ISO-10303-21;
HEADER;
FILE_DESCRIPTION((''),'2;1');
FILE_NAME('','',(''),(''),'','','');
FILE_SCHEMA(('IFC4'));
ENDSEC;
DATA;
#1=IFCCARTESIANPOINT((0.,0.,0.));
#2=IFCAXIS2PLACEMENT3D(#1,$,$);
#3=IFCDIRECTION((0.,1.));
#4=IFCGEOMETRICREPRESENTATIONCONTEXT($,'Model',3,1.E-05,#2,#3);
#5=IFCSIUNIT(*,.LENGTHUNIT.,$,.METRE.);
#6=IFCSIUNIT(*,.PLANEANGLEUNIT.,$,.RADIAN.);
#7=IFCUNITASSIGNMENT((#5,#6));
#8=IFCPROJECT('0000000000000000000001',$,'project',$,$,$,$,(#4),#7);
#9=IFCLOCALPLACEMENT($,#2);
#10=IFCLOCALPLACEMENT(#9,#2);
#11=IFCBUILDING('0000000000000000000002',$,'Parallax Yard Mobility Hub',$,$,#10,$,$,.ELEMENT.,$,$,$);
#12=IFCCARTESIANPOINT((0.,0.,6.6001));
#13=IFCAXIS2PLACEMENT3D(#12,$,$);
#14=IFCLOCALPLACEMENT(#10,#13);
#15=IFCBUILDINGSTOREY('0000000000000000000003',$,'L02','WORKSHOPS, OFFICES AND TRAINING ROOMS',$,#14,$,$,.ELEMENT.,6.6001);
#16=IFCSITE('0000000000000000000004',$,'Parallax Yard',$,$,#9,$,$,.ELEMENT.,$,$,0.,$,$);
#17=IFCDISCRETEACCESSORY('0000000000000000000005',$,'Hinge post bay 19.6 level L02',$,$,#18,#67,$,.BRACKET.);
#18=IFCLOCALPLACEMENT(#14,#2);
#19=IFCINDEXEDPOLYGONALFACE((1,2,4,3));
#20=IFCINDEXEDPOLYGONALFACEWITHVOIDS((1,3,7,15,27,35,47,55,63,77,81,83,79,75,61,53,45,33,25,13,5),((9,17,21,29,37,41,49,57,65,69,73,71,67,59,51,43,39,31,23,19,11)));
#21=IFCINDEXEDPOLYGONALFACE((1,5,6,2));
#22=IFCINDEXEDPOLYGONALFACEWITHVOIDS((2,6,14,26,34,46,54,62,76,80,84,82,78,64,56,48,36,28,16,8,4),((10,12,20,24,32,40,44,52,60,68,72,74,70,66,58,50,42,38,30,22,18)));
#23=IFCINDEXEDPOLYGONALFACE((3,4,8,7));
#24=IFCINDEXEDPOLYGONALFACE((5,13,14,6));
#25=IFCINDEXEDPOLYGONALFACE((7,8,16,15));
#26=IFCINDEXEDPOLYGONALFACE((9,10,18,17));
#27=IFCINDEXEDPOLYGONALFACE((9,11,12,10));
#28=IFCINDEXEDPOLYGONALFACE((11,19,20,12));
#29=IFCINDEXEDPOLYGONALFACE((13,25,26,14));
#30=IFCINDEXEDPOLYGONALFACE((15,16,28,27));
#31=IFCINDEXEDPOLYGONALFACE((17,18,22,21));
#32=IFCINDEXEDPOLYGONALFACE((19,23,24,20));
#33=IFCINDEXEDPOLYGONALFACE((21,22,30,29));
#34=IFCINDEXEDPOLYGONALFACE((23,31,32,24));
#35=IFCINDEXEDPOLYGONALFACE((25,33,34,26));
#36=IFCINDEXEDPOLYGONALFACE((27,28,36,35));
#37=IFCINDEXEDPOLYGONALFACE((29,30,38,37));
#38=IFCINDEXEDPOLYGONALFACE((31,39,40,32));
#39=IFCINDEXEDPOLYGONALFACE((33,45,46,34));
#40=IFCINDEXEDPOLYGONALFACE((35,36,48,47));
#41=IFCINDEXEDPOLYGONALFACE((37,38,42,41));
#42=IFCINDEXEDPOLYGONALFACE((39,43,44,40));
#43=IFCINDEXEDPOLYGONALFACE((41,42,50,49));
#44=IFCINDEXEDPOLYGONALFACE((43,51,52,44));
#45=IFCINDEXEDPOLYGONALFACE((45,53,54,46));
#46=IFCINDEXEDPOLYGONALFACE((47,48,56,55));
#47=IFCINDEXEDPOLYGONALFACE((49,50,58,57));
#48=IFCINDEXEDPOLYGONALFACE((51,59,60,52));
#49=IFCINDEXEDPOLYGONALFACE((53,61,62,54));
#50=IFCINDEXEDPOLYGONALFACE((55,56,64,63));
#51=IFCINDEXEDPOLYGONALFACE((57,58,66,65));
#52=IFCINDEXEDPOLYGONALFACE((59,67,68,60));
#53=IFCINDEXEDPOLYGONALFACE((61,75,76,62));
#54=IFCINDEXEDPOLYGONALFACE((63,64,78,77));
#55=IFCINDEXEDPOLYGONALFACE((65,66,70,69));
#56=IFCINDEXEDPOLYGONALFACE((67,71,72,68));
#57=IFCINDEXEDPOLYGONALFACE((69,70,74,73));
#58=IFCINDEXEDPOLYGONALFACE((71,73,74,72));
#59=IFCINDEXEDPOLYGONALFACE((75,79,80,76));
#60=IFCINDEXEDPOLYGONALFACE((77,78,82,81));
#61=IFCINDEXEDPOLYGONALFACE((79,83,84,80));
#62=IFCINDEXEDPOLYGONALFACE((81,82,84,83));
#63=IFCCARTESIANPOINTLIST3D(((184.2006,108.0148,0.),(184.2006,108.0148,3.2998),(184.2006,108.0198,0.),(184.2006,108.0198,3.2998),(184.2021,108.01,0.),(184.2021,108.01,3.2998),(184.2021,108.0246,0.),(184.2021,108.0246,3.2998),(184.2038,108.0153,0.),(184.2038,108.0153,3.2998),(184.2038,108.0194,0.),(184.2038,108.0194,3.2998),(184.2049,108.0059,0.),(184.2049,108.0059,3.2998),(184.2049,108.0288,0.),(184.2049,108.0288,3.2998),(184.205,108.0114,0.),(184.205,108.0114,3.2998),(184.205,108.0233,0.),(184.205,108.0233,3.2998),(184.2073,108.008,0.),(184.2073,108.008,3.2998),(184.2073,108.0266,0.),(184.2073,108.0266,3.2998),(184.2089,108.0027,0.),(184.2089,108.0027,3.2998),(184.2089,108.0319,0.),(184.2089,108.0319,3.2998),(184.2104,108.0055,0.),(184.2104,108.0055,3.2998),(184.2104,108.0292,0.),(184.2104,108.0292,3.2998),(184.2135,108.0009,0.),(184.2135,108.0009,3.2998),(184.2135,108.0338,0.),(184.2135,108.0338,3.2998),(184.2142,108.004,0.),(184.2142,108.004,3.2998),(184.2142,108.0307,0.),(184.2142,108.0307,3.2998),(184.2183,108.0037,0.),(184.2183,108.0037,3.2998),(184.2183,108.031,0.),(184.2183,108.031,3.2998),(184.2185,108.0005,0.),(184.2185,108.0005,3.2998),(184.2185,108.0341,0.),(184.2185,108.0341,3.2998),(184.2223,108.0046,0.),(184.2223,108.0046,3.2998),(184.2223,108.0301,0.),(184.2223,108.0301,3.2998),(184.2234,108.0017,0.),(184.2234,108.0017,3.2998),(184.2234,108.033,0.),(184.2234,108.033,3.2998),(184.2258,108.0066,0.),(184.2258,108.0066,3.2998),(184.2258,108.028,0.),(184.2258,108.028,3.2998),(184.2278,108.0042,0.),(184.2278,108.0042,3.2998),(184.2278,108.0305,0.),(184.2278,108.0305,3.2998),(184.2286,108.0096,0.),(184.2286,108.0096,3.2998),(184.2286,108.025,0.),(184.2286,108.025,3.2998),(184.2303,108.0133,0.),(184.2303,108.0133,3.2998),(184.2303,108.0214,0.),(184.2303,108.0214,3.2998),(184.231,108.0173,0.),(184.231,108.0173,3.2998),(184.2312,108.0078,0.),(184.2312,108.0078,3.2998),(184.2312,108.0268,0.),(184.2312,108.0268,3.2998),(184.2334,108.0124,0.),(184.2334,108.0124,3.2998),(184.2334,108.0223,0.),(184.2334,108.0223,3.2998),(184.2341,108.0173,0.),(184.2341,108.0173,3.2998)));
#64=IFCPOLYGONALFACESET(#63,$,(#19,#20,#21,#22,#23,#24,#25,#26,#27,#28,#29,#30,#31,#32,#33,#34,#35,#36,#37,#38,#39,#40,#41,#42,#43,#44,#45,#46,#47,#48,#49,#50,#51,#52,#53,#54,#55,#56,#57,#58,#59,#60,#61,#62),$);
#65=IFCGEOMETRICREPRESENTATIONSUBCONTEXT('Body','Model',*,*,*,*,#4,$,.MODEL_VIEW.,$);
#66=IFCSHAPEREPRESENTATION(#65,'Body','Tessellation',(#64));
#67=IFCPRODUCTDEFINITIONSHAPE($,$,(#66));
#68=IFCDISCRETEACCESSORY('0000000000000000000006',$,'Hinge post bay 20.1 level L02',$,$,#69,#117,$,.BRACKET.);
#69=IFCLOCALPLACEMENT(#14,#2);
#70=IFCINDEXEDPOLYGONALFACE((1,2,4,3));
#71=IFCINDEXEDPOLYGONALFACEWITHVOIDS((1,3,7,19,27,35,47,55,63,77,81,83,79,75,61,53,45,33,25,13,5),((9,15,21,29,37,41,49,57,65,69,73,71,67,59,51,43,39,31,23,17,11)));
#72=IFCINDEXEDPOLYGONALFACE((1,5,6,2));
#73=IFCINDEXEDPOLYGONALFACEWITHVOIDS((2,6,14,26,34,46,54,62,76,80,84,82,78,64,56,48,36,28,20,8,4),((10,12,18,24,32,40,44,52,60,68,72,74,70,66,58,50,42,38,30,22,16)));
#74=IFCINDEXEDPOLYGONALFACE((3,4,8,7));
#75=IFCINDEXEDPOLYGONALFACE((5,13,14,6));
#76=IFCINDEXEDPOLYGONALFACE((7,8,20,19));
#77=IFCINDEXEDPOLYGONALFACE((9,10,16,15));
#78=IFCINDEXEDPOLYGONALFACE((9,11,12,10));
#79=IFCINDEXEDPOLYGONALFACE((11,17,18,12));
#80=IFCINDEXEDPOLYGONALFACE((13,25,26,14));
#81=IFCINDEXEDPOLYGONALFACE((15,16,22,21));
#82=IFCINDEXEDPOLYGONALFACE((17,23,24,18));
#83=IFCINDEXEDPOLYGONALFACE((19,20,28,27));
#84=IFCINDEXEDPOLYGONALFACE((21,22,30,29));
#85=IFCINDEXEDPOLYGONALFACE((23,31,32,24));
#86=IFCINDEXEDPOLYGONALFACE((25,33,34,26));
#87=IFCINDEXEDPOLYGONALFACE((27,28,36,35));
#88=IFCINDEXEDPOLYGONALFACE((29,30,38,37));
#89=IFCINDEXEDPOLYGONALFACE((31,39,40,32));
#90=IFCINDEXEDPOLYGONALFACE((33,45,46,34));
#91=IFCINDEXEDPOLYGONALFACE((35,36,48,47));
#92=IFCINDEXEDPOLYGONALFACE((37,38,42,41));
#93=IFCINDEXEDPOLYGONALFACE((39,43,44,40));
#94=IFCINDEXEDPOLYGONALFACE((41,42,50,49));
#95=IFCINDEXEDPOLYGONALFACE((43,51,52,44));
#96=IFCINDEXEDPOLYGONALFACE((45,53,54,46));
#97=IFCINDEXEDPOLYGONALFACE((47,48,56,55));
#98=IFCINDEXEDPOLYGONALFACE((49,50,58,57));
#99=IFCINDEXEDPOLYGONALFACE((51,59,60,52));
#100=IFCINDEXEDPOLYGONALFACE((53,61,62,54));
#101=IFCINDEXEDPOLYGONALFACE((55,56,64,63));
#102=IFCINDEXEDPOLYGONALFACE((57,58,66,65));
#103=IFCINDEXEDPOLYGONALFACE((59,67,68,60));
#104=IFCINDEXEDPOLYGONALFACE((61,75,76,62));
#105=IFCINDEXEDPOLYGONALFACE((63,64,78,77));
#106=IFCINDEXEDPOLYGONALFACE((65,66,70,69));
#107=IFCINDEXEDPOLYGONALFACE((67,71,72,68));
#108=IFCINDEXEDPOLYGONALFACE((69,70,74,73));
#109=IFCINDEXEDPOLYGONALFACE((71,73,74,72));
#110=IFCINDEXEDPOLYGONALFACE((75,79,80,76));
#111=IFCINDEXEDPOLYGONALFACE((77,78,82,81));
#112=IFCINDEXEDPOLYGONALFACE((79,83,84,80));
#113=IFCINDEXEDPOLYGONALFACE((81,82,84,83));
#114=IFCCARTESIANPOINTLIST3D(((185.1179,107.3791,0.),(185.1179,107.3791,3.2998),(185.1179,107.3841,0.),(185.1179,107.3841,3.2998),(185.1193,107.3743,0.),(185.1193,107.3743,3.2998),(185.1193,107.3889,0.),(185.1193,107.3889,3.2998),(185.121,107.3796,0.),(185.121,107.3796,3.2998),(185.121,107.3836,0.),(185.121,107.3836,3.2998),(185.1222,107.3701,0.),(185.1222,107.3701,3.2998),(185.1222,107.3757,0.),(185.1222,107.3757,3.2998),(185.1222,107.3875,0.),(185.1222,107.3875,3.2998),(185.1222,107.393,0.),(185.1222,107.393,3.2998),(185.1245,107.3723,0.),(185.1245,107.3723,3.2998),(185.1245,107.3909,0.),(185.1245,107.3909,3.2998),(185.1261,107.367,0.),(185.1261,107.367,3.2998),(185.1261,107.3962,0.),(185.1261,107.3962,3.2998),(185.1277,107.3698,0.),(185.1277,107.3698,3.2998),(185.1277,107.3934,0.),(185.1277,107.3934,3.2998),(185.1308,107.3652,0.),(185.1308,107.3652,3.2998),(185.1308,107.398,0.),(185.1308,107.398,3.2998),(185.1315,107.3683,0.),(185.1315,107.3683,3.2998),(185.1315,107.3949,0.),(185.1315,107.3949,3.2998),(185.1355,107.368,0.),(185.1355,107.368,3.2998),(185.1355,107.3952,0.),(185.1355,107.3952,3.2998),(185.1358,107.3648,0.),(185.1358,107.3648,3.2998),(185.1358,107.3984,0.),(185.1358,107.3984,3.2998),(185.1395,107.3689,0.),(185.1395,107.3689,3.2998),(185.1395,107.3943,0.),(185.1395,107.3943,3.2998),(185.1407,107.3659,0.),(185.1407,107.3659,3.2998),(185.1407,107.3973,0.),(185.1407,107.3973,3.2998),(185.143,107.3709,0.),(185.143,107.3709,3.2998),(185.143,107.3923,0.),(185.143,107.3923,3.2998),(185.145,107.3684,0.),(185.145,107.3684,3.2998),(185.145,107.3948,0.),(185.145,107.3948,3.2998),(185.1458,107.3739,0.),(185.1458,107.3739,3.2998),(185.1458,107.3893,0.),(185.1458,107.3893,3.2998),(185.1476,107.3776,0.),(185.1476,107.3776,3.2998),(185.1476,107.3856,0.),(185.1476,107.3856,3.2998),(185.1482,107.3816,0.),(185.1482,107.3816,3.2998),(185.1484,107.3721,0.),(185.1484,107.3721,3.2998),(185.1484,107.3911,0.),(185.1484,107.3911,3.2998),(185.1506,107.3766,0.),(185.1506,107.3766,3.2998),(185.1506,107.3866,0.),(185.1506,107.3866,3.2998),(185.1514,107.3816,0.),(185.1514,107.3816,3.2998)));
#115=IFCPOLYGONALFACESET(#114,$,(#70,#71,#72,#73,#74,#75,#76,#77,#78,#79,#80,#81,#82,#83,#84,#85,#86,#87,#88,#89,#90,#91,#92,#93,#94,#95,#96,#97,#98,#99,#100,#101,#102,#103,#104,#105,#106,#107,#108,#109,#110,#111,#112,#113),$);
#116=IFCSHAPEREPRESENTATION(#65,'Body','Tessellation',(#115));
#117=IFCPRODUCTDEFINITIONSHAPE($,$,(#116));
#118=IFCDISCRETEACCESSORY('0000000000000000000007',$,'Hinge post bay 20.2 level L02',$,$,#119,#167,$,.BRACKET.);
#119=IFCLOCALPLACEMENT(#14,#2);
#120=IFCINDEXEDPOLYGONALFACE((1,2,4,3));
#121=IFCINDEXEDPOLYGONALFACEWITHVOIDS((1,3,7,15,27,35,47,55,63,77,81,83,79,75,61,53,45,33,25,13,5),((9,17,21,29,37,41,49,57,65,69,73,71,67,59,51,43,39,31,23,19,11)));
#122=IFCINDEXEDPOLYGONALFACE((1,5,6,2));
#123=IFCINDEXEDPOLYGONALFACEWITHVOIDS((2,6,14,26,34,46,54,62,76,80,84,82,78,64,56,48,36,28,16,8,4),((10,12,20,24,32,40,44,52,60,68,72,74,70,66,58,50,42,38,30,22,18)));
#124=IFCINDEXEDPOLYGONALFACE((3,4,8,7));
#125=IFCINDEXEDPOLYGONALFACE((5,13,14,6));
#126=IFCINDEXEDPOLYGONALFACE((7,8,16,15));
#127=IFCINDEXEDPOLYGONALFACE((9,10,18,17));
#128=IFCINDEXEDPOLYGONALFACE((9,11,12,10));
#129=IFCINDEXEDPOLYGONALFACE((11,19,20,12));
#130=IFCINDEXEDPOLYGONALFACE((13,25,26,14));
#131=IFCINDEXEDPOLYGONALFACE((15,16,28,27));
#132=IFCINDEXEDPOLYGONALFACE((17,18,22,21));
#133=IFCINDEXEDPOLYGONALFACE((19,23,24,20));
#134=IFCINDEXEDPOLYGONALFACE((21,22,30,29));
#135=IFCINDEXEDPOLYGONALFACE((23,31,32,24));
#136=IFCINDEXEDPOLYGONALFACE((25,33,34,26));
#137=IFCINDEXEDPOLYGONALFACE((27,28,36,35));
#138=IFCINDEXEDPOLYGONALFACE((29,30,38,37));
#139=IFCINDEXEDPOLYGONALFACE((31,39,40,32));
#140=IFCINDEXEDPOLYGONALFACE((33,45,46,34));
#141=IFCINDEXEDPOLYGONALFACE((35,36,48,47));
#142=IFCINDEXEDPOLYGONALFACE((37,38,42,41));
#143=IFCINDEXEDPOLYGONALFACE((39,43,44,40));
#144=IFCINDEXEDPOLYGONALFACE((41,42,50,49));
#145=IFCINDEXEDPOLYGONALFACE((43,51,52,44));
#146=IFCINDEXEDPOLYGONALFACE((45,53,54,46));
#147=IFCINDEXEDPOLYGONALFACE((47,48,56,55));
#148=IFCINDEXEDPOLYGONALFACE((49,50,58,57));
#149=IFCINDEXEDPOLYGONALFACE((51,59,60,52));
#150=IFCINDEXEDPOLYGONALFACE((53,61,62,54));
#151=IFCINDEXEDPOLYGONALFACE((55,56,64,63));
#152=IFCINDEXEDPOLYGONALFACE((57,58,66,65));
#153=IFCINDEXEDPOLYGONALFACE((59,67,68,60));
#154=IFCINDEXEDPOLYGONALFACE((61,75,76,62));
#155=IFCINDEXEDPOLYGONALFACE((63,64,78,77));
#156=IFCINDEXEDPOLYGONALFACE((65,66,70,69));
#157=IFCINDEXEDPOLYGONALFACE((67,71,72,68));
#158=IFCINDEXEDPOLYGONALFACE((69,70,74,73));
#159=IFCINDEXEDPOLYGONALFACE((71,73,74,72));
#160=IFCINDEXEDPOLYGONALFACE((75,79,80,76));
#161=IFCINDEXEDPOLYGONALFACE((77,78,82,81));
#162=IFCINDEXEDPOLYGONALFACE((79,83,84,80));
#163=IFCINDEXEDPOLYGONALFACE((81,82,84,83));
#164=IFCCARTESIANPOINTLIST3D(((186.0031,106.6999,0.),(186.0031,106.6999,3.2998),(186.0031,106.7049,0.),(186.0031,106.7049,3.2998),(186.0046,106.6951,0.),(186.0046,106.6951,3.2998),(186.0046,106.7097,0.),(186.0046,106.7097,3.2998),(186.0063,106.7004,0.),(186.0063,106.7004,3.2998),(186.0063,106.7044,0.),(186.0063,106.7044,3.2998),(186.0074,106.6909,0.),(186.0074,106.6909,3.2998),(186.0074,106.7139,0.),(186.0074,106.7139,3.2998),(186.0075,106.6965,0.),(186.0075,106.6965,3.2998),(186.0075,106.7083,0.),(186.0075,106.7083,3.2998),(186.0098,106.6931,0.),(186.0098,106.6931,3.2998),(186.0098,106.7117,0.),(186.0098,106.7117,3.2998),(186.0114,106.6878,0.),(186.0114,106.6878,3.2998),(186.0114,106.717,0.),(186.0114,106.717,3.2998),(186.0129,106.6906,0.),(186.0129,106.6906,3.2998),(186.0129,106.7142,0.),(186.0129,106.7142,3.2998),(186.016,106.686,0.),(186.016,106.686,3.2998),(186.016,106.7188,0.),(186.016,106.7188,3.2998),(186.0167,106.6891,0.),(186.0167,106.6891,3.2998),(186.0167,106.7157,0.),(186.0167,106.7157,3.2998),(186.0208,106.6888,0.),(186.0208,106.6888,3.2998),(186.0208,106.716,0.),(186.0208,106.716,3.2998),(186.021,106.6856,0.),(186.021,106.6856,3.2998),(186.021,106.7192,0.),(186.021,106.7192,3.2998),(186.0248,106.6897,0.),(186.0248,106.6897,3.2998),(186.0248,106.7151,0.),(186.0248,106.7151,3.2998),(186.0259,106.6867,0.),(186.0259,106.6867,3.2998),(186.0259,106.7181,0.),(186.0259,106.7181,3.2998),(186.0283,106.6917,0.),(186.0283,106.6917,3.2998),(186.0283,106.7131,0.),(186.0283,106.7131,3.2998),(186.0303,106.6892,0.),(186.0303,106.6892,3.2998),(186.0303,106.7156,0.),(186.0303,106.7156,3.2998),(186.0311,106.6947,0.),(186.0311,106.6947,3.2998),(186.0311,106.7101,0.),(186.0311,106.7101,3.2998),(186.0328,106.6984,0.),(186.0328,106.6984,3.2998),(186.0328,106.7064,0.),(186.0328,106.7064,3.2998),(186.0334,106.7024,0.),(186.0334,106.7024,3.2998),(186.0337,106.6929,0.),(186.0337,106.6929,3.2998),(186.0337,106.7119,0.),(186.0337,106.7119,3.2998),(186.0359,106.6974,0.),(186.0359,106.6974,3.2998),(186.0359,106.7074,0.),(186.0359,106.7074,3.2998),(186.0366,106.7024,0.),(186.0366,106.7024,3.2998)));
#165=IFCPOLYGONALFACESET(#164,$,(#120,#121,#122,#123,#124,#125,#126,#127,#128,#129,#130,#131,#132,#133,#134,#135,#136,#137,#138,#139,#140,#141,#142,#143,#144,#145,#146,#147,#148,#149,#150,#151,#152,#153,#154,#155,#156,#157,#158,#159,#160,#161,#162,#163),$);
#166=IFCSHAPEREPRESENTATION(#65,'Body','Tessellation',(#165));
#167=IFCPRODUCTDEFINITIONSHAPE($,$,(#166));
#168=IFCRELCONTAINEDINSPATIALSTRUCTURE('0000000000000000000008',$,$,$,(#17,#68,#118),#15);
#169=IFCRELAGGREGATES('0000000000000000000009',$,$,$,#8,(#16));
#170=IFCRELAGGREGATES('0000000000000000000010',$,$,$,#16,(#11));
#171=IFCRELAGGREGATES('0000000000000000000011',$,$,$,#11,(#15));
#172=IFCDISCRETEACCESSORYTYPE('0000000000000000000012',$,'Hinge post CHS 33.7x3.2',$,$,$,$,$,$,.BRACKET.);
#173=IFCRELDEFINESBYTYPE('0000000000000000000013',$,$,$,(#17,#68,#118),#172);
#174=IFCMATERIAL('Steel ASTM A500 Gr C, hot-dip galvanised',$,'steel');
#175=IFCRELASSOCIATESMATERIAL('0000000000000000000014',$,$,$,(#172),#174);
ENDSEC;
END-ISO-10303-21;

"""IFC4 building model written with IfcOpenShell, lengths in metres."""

from ifc_helpers import new_model, si_unit, direction, frame, origin, origin_2d, place, context, subcontext, project, spatial, hollow_circle, extrude, material, material_profile, profile_set, type_object, element, save


model = new_model("IFC4")

# Units and contexts
model_context = context("Model", 3, precision=1e-05, world=origin(), true_north=direction((0.0, 1.0)))
body_context = subcontext(model_context, "Body", "Model", "MODEL_VIEW")
ifc_project = project(units=[si_unit("LENGTHUNIT", "METRE"), si_unit("PLANEANGLEUNIT", "RADIAN")], contexts=[model_context])

# Site, building, storey
site_placement = place(None, origin())
site = spatial("IfcSite", under=ifc_project, at=site_placement, Name="Parallax Yard", CompositionType="ELEMENT", RefElevation=0.0)
building_placement = place(site_placement, origin())
building = spatial("IfcBuilding", under=site, at=building_placement, Name="Parallax Yard Mobility Hub", CompositionType="ELEMENT")
storey_placement = place(building_placement, frame((0.0, 0.0, 6.6001)))
storey = spatial("IfcBuildingStorey", under=building, at=storey_placement, Name="L02", Description="WORKSHOPS, OFFICES AND TRAINING ROOMS", CompositionType="ELEMENT", Elevation=6.6001)

# Discrete accessories
ifc_material_1 = material(Name="Steel ASTM A500 Gr C, hot-dip galvanised", Category="steel")
ifc_material_profile_1 = material_profile(ifc_material_1, hollow_circle(Radius=0.0168, WallThickness=0.0032, at=origin_2d()), Name="CHS 33.7x3.2")
ifc_profile_set_1 = profile_set([ifc_material_profile_1], Name="Steel ASTM A500 Gr C, hot-dip galvanised")
discrete_accessory_type_1 = type_object("IfcDiscreteAccessoryType", Name="Hinge post CHS 33.7x3.2", PredefinedType="BRACKET", material=ifc_profile_set_1)
for number, where, z_axis, x_axis, name in (
    (1, (184.2173, 108.0173, 0.0), (0.0, 0.0, 1.0), (1.0, 0.0, 0.0), "Hinge post bay 19.6 level L02"),
    (2, (185.1345, 107.3816, 0.0), (0.0, 0.0, 1.0), (1.0, 0.0, 0.0), "Hinge post bay 20.1 level L02"),
    (3, (186.0198, 106.7024, 0.0), (0.0, 0.0, 1.0), (1.0, 0.0, 0.0), "Hinge post bay 20.2 level L02"),
):
    element("IfcDiscreteAccessory", number, at=place(storey_placement, frame(where, z_axis=z_axis, x_axis=x_axis)), inside=storey, type_object=discrete_accessory_type_1, Name=name, PredefinedType="BRACKET", context=body_context, shape_type="SweptSolid", body=[
        extrude(hollow_circle(Radius=0.0168, WallThickness=0.0032, at=origin_2d()), origin(), (0.0, 0.0, 1.0), 3.2998),
    ])

save(model, "model.ifc")
